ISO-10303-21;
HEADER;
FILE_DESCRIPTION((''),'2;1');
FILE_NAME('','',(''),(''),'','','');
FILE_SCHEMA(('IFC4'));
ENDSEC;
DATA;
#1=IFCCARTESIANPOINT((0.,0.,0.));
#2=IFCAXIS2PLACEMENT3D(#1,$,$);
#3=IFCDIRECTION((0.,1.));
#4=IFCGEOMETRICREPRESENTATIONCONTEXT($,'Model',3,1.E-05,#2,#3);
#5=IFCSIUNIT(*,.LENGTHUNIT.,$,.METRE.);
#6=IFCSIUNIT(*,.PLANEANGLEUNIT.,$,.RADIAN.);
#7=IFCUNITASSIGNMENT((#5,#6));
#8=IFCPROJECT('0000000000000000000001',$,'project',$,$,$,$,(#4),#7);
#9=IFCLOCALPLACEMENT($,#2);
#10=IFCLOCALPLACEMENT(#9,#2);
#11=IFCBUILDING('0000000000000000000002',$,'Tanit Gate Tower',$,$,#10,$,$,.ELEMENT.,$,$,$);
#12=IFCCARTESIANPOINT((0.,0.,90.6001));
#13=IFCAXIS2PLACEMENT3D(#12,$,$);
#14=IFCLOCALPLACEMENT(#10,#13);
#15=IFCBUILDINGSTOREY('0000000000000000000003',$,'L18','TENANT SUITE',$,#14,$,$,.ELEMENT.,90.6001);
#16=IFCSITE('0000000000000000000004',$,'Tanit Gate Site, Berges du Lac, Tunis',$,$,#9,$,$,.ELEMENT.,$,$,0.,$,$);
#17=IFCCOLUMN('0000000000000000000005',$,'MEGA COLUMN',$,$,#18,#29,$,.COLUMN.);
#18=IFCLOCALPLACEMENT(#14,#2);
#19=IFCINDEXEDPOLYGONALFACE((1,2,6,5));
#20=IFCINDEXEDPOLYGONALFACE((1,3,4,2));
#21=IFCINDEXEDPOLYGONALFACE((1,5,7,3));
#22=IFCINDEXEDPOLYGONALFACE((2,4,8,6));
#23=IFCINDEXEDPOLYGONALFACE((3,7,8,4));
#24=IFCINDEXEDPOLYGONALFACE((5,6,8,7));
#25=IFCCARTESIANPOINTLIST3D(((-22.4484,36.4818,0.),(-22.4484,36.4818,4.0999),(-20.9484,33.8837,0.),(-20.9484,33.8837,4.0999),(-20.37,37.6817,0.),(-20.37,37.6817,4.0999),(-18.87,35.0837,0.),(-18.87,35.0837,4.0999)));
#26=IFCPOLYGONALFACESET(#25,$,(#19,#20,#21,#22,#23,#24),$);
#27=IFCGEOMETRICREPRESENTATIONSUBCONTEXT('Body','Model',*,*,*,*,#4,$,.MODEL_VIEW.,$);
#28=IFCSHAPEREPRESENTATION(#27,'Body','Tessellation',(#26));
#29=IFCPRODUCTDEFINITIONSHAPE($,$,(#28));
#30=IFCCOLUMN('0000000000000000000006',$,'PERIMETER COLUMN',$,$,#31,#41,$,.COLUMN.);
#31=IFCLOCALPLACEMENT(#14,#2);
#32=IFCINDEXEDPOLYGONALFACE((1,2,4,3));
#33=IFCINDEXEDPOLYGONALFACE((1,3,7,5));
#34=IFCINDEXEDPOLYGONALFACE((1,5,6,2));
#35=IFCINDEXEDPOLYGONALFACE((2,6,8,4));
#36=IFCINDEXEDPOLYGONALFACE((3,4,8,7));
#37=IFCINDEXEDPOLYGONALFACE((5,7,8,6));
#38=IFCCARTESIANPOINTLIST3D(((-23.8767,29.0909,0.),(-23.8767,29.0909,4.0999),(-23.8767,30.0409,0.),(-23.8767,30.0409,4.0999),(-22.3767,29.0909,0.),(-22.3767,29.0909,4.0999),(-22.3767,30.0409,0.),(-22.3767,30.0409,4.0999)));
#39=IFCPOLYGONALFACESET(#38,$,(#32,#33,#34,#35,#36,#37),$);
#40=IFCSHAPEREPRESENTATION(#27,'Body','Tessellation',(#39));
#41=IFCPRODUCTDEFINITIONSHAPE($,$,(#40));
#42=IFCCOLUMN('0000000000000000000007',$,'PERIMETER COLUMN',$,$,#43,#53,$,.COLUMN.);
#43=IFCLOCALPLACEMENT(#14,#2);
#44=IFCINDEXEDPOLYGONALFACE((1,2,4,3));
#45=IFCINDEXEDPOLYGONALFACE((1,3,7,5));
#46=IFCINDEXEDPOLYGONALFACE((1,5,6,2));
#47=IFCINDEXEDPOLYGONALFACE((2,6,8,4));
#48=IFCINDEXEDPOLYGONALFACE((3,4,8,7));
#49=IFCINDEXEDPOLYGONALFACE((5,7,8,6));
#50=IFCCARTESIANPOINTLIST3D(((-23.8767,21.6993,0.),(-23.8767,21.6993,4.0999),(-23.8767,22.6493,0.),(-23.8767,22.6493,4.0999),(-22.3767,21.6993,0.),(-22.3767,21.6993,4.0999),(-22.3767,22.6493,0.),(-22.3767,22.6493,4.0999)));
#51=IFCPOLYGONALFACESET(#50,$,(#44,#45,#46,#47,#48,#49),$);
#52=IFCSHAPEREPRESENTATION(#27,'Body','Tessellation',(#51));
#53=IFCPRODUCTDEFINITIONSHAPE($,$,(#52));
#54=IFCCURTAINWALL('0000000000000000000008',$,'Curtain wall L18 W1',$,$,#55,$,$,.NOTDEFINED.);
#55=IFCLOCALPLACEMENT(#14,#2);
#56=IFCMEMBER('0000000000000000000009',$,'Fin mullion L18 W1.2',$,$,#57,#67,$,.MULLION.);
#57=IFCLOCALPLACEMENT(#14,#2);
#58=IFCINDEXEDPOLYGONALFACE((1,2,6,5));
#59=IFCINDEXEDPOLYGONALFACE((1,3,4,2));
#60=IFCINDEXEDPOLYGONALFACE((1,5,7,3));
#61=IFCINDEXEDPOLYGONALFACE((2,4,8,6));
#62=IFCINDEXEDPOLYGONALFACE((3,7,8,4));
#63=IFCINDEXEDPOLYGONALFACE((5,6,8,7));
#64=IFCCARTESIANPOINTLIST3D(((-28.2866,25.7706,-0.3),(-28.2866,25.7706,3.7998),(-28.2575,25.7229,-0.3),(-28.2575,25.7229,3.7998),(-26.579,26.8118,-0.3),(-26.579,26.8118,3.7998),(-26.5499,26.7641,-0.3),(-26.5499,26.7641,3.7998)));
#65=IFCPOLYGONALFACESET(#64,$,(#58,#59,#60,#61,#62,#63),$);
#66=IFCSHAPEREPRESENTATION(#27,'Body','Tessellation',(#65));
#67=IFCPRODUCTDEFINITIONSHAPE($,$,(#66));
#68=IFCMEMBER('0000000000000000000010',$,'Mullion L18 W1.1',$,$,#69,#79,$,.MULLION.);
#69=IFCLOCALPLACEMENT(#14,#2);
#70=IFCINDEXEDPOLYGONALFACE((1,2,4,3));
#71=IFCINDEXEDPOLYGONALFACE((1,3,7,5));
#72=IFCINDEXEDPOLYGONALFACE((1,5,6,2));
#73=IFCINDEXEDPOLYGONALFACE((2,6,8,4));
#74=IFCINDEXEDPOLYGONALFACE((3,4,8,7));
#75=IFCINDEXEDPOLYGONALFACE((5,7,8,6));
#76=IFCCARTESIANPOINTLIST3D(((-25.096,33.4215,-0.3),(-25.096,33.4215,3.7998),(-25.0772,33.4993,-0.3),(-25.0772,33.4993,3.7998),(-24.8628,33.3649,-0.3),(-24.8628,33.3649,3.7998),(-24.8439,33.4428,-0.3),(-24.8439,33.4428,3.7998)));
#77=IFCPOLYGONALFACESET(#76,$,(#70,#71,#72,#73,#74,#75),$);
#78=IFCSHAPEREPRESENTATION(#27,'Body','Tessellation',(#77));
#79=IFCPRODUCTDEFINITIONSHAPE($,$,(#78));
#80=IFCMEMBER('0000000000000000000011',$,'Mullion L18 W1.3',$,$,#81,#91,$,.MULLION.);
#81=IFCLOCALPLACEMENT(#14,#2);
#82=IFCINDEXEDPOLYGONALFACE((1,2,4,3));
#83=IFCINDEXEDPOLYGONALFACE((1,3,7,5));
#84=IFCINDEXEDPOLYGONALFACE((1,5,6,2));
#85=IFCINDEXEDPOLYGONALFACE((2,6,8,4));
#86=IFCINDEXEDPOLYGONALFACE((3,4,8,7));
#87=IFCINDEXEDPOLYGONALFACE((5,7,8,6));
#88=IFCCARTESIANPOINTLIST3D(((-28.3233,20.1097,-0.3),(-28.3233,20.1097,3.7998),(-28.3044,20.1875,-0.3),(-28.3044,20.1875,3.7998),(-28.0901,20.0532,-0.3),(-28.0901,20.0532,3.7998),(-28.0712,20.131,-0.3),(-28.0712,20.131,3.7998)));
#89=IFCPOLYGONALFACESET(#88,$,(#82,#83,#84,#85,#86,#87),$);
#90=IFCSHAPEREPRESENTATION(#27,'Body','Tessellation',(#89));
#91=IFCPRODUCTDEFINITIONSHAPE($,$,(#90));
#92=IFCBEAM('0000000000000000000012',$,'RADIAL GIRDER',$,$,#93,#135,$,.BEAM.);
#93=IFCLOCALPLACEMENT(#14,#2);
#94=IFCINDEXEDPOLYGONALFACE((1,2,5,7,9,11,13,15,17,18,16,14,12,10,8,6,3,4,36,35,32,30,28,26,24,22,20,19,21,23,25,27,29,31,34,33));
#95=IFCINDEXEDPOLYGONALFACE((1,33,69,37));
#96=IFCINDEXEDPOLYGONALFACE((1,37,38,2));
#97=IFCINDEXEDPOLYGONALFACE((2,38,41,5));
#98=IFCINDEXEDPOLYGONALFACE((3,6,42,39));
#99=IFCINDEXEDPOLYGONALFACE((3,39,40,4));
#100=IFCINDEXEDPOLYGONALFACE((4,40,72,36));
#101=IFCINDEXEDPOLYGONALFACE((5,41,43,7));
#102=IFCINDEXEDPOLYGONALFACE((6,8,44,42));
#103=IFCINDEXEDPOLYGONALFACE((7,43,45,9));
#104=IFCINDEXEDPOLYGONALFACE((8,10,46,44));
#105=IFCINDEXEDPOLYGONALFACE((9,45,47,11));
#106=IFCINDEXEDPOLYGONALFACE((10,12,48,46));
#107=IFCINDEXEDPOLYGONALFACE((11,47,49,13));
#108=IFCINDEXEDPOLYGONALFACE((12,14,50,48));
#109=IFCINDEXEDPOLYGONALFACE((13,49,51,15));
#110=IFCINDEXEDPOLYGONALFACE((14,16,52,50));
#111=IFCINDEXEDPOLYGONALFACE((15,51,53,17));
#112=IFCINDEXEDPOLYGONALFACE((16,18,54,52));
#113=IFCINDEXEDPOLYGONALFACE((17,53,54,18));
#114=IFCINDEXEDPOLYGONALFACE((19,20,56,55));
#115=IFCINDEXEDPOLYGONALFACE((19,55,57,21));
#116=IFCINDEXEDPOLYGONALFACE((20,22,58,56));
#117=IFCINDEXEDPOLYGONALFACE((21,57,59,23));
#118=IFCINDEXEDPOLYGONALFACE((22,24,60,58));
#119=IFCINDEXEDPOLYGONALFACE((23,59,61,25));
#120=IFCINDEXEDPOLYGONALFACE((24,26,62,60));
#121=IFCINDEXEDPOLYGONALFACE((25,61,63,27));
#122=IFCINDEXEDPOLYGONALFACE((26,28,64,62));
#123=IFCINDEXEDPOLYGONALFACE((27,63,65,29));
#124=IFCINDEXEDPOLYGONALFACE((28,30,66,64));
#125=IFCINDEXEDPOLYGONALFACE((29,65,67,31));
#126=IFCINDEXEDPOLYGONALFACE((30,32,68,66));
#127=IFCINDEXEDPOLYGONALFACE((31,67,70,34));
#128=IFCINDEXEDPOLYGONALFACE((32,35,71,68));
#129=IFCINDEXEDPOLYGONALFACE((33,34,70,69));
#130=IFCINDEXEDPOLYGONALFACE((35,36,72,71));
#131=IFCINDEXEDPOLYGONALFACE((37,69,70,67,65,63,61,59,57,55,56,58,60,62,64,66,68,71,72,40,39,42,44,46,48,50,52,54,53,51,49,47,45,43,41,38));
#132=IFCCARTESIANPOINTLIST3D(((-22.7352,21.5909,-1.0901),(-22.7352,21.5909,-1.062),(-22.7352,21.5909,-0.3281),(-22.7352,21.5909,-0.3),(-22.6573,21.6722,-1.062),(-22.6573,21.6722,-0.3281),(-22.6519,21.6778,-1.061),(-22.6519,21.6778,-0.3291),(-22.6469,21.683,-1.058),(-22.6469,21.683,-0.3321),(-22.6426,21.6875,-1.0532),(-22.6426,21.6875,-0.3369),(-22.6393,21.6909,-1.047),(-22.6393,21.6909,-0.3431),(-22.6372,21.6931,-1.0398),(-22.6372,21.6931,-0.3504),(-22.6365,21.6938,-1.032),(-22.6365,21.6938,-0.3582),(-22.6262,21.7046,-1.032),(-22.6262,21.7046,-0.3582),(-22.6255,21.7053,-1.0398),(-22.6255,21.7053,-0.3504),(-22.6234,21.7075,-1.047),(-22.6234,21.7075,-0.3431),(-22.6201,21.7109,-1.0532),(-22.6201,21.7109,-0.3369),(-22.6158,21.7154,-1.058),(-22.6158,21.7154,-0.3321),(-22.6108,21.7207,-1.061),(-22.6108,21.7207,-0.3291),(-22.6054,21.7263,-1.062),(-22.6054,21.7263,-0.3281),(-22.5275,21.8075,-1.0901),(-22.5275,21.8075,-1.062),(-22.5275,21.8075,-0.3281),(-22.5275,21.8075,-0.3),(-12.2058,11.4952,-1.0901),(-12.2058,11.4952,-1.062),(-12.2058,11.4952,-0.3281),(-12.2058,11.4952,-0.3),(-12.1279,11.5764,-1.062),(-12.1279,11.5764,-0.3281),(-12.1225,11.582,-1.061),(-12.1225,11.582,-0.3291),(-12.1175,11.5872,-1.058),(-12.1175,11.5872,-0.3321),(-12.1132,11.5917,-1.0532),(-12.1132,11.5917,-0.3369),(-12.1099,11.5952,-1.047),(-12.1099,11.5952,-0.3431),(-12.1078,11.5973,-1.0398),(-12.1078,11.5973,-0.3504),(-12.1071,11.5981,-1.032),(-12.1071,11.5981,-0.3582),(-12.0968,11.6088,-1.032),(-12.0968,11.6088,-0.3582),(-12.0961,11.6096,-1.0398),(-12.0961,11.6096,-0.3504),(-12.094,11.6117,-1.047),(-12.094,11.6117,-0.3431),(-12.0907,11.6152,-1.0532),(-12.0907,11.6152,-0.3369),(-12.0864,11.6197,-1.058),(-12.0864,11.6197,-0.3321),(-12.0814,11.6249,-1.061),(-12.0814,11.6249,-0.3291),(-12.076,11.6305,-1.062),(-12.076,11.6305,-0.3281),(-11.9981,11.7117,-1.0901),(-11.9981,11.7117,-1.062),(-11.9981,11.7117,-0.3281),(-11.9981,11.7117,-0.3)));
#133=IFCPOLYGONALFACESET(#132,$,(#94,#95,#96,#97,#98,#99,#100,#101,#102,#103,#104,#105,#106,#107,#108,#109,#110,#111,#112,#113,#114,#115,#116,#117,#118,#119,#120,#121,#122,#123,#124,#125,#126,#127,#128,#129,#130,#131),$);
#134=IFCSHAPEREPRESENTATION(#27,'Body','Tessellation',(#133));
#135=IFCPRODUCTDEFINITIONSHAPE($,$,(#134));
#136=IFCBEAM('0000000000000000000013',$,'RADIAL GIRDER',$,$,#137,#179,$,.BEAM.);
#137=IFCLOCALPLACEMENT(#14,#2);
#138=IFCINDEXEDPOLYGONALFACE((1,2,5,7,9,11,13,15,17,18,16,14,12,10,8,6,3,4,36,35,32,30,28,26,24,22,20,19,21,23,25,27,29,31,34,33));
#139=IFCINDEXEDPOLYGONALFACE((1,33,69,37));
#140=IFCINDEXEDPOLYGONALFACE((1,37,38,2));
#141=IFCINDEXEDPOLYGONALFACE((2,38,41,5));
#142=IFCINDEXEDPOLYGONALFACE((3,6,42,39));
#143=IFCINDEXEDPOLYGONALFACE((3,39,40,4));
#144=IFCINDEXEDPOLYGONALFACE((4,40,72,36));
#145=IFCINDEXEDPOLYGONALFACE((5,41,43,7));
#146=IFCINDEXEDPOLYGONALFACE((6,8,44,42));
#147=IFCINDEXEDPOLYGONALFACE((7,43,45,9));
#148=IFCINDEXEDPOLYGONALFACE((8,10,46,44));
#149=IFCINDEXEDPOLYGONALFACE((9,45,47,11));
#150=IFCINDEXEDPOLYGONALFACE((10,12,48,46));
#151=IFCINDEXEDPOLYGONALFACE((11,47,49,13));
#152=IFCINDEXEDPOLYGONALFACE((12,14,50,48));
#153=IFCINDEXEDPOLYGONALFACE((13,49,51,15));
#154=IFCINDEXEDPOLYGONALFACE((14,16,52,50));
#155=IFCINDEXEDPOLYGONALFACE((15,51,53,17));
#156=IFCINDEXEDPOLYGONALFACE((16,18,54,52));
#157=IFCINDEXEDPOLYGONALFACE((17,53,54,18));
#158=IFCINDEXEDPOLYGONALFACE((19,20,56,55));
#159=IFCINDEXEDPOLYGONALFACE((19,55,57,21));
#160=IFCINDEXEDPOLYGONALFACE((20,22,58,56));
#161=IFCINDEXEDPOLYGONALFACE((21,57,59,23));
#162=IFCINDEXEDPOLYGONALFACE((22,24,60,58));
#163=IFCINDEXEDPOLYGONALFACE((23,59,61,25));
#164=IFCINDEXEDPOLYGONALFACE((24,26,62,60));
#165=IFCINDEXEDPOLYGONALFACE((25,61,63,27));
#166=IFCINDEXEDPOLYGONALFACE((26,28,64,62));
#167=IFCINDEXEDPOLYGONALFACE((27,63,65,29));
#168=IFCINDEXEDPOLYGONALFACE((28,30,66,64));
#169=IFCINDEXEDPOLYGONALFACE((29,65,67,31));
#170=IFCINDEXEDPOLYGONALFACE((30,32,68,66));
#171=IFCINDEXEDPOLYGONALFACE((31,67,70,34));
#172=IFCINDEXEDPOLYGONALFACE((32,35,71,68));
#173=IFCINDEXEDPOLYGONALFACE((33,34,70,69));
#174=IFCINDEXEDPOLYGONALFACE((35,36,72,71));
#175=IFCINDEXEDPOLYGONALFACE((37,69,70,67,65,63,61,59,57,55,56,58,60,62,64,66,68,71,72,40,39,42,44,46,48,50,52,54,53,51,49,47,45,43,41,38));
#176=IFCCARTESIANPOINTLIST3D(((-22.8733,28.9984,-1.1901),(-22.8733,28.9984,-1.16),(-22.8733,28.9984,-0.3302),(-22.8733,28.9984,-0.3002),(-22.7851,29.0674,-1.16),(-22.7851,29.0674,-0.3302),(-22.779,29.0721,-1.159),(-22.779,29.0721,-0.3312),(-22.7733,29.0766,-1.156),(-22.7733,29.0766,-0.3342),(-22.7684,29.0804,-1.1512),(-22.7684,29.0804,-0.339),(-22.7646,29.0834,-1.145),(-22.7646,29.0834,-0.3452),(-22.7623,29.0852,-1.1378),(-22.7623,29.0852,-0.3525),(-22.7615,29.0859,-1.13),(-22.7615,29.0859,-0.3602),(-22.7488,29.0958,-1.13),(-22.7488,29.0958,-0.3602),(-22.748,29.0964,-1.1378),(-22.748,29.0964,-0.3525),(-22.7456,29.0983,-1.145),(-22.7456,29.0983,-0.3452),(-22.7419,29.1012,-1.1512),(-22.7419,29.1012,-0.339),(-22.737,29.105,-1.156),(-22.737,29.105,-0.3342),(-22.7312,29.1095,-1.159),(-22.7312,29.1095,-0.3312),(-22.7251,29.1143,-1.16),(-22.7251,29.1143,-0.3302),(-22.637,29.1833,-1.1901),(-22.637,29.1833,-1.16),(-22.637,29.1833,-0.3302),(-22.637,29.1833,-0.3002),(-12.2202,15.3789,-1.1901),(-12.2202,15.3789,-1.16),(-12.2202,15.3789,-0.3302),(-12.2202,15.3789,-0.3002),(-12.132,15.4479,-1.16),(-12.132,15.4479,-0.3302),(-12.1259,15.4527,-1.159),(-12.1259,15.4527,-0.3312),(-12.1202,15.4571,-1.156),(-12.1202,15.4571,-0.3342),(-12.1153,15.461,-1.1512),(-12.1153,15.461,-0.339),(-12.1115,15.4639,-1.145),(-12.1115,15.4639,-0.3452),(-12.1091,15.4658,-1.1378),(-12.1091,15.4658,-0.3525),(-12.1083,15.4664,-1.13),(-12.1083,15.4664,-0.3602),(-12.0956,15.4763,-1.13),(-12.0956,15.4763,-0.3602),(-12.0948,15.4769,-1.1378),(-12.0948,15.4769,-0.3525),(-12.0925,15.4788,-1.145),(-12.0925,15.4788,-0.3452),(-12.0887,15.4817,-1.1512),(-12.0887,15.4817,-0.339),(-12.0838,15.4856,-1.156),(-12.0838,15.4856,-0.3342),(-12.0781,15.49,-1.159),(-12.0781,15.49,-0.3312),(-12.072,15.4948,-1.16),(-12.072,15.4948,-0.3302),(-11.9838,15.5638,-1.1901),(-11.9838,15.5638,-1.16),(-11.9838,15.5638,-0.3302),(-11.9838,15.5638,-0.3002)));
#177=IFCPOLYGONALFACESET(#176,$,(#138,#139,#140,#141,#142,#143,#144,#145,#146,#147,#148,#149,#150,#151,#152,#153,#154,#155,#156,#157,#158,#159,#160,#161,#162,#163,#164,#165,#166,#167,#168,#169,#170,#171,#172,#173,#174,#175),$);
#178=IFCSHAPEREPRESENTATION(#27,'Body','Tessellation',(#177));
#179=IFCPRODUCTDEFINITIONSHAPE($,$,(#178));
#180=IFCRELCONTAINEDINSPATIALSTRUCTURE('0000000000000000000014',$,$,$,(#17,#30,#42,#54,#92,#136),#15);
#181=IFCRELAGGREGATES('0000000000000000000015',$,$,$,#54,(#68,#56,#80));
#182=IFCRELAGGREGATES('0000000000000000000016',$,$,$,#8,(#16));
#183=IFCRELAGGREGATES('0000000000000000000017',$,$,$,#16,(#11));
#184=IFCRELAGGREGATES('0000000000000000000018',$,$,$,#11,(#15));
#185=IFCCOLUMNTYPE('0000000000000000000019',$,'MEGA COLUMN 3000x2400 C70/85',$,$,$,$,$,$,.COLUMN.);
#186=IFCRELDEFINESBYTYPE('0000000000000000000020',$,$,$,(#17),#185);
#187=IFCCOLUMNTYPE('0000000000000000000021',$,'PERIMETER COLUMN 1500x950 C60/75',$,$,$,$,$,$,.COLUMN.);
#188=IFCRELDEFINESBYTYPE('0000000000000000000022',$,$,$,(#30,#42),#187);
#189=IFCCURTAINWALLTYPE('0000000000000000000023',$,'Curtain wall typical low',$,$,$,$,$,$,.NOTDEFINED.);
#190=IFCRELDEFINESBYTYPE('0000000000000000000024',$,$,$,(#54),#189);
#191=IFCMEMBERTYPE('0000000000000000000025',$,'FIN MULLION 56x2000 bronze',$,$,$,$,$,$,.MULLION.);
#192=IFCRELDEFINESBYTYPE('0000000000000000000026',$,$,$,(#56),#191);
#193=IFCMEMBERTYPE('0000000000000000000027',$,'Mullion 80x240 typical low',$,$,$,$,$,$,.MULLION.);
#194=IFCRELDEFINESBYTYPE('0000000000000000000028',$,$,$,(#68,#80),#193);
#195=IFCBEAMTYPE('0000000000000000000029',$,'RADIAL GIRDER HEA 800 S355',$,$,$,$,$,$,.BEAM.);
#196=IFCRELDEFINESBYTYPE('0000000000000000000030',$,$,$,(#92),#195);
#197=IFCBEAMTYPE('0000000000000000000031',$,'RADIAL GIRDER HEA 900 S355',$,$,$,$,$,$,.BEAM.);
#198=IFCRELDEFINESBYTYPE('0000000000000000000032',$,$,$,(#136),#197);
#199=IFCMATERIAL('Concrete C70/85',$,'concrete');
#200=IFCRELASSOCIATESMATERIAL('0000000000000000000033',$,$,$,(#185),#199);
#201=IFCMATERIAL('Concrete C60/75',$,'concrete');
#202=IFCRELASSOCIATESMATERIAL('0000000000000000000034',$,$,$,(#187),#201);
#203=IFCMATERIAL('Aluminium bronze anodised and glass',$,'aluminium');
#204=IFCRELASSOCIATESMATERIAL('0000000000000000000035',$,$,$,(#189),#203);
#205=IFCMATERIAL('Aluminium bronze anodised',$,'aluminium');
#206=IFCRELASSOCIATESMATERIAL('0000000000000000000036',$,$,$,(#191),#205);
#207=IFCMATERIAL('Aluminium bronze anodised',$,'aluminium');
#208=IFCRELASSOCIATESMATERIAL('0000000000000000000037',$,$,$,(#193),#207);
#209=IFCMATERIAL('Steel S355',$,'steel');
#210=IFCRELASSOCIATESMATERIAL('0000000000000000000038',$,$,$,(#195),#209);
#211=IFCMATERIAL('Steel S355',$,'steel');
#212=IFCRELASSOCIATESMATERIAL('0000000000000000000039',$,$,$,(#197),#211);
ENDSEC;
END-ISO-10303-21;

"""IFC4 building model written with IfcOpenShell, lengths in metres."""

from ifc_helpers import new_model, si_unit, direction, frame, origin, origin_2d, place, context, subcontext, project, spatial, rectangle, i_section, extrude, material, material_profile, profile_set, type_object, element, aggregate, save


model = new_model("IFC4")

# Units and contexts
model_context = context("Model", 3, precision=1e-05, world=origin(), true_north=direction((0.0, 1.0)))
body_context = subcontext(model_context, "Body", "Model", "MODEL_VIEW")
ifc_project = project(units=[si_unit("LENGTHUNIT", "METRE"), si_unit("PLANEANGLEUNIT", "RADIAN")], contexts=[model_context])

# Site, building, storey
site_placement = place(None, origin())
site = spatial("IfcSite", under=ifc_project, at=site_placement, Name="Tanit Gate Site, Berges du Lac, Tunis", CompositionType="ELEMENT", RefElevation=0.0)
building_placement = place(site_placement, origin())
building = spatial("IfcBuilding", under=site, at=building_placement, Name="Tanit Gate Tower", CompositionType="ELEMENT")
storey_placement = place(building_placement, frame((0.0, 0.0, 90.6001)))
storey = spatial("IfcBuildingStorey", under=building, at=storey_placement, Name="L18", Description="TENANT SUITE", CompositionType="ELEMENT", Elevation=90.6001)

# Columns
ifc_material_1 = material(Name="Concrete C70/85", Category="concrete")
ifc_material_profile_1 = material_profile(ifc_material_1, rectangle(XDim=3.0, YDim=2.3999, at=origin_2d()), Name="RC 3000x2400")
ifc_profile_set_1 = profile_set([ifc_material_profile_1], Name="Concrete C70/85")
column_type_1 = type_object("IfcColumnType", Name="MEGA COLUMN 3000x2400 C70/85", PredefinedType="COLUMN", material=ifc_profile_set_1)
column_placement = place(storey_placement, frame((-20.6592, 35.7827, 0.0), z_axis=(0.0, 0.0, 1.0), x_axis=(-0.5, 0.866025, 0.0)))
element("IfcColumn", 1, at=column_placement, inside=storey, type_object=column_type_1, Name="MEGA COLUMN", PredefinedType="COLUMN", context=body_context, shape_type="SweptSolid", body=[
    extrude(rectangle(XDim=3.0, YDim=2.3999, at=origin_2d()), origin(), (0.0, 0.0, 1.0), 4.0999),
])
ifc_material_2 = material(Name="Concrete C60/75", Category="concrete")
ifc_material_profile_2 = material_profile(ifc_material_2, rectangle(XDim=1.5, YDim=0.95, at=origin_2d()), Name="RC 1500x950")
ifc_profile_set_2 = profile_set([ifc_material_profile_2], Name="Concrete C60/75")
column_type_2 = type_object("IfcColumnType", Name="PERIMETER COLUMN 1500x950 C60/75", PredefinedType="COLUMN", material=ifc_profile_set_2)
for number, where, z_axis, x_axis, name in (
    (2, (-23.1267, 29.5659, 0.0), (0.0, 0.0, 1.0), (-1.0, 0.0, 0.0), "PERIMETER COLUMN"),
    (3, (-23.1267, 22.1743, 0.0), (0.0, 0.0, 1.0), (-1.0, 0.0, 0.0), "PERIMETER COLUMN"),
):
    element("IfcColumn", number, at=place(storey_placement, frame(where, z_axis=z_axis, x_axis=x_axis)), inside=storey, type_object=column_type_2, Name=name, PredefinedType="COLUMN", context=body_context, shape_type="SweptSolid", body=[
        extrude(rectangle(XDim=1.5, YDim=0.95, at=origin_2d()), origin(), (0.0, 0.0, 1.0), 4.0999),
    ])

# Curtain wall, members
ifc_material_3 = material(Name="Aluminium bronze anodised and glass", Category="aluminium")
curtain_wall_type = type_object("IfcCurtainWallType", Name="Curtain wall typical low", PredefinedType="NOTDEFINED", material=ifc_material_3)
curtain_wall_placement = place(storey_placement, origin())
curtain_wall = element("IfcCurtainWall", 4, at=curtain_wall_placement, inside=storey, type_object=curtain_wall_type, Name="Curtain wall L18 W1", PredefinedType="NOTDEFINED")
ifc_material_4 = material(Name="Aluminium bronze anodised", Category="aluminium")
ifc_material_profile_3 = material_profile(ifc_material_4, rectangle(XDim=2.0, YDim=0.0559, at=origin_2d()), Name="56x2000 bronze fin mullion")
ifc_profile_set_3 = profile_set([ifc_material_profile_3], Name="Aluminium bronze anodised")
member_type_1 = type_object("IfcMemberType", Name="FIN MULLION 56x2000 bronze", PredefinedType="MULLION", material=ifc_profile_set_3)
member_1_placement = place(storey_placement, frame((-27.4182, 26.2673, -0.3), z_axis=(0.0, 0.0, 1.0), x_axis=(0.853806, 0.520591, 0.0)))
member_1 = element("IfcMember", 5, at=member_1_placement, type_object=member_type_1, Name="Fin mullion L18 W1.2", PredefinedType="MULLION", context=body_context, shape_type="SweptSolid", body=[
    extrude(rectangle(XDim=2.0, YDim=0.0559, at=origin_2d()), origin(), (0.0, 0.0, 1.0), 4.0999),
])
ifc_material_5 = material(Name="Aluminium bronze anodised", Category="aluminium")
ifc_material_profile_4 = material_profile(ifc_material_5, rectangle(XDim=0.24, YDim=0.0801, at=origin_2d()), Name="80x240 bronze mullion")
ifc_profile_set_4 = profile_set([ifc_material_profile_4], Name="Aluminium bronze anodised")
member_type_2 = type_object("IfcMemberType", Name="Mullion 80x240 typical low", PredefinedType="MULLION", material=ifc_profile_set_4)
member_2_placement = place(storey_placement, frame((-24.97, 33.4321, -0.3), z_axis=(0.0, 0.0, 1.0), x_axis=(0.971846, -0.235618, 0.0)))
member_2 = element("IfcMember", 6, at=member_2_placement, type_object=member_type_2, Name="Mullion L18 W1.1", PredefinedType="MULLION", context=body_context, shape_type="SweptSolid", body=[
    extrude(rectangle(XDim=0.24, YDim=0.0801, at=origin_2d()), origin(), (0.0, 0.0, 1.0), 4.0999),
])
member_3_placement = place(storey_placement, frame((-28.1973, 20.1204, -0.3), z_axis=(0.0, 0.0, 1.0), x_axis=(0.971846, -0.235618, 0.0)))
member_3 = element("IfcMember", 7, at=member_3_placement, type_object=member_type_2, Name="Mullion L18 W1.3", PredefinedType="MULLION", context=body_context, shape_type="SweptSolid", body=[
    extrude(rectangle(XDim=0.24, YDim=0.0801, at=origin_2d()), origin(), (0.0, 0.0, 1.0), 4.0999),
])

# Beams
ifc_material_6 = material(Name="Steel S355", Category="steel")
ifc_material_profile_5 = material_profile(ifc_material_6, i_section(OverallWidth=0.3, OverallDepth=0.79, WebThickness=0.0149, FlangeThickness=0.0281, FilletRadius=0.03, at=origin_2d()), Name="HEA 800")
ifc_profile_set_5 = profile_set([ifc_material_profile_5], Name="Steel S355")
beam_type_1 = type_object("IfcBeamType", Name="RADIAL GIRDER HEA 800 S355", PredefinedType="BEAM", material=ifc_profile_set_5)
beam_1_placement = place(storey_placement, frame((-22.6313, 21.6992, -0.6951), z_axis=(0.721813, -0.692089, 0.0), x_axis=(0.692089, 0.721813, 0.0)))
element("IfcBeam", 8, at=beam_1_placement, inside=storey, type_object=beam_type_1, Name="RADIAL GIRDER", PredefinedType="BEAM", context=body_context, shape_type="SweptSolid", body=[
    extrude(i_section(OverallWidth=0.3, OverallDepth=0.79, WebThickness=0.0149, FlangeThickness=0.0281, FilletRadius=0.03, at=origin_2d()), origin(), (0.0, 0.0, 1.0), 14.5874),
])
ifc_material_7 = material(Name="Steel S355", Category="steel")
ifc_material_profile_6 = material_profile(ifc_material_7, i_section(OverallWidth=0.3, OverallDepth=0.8899, WebThickness=0.0161, FlangeThickness=0.03, FilletRadius=0.03, at=origin_2d()), Name="HEA 900")
ifc_profile_set_6 = profile_set([ifc_material_profile_6], Name="Steel S355")
beam_type_2 = type_object("IfcBeamType", Name="RADIAL GIRDER HEA 900 S355", PredefinedType="BEAM", material=ifc_profile_set_6)
beam_2_placement = place(storey_placement, frame((-22.7551, 29.0908, -0.7451), z_axis=(0.616108, -0.787661, 0.0), x_axis=(0.787661, 0.616108, 0.0)))
element("IfcBeam", 9, at=beam_2_placement, inside=storey, type_object=beam_type_2, Name="RADIAL GIRDER", PredefinedType="BEAM", context=body_context, shape_type="SweptSolid", body=[
    extrude(i_section(OverallWidth=0.3, OverallDepth=0.8899, WebThickness=0.0161, FlangeThickness=0.03, FilletRadius=0.03, at=origin_2d()), origin(), (0.0, 0.0, 1.0), 17.291),
])

aggregate(curtain_wall, [member_2, member_1, member_3])

save(model, "model.ifc")
